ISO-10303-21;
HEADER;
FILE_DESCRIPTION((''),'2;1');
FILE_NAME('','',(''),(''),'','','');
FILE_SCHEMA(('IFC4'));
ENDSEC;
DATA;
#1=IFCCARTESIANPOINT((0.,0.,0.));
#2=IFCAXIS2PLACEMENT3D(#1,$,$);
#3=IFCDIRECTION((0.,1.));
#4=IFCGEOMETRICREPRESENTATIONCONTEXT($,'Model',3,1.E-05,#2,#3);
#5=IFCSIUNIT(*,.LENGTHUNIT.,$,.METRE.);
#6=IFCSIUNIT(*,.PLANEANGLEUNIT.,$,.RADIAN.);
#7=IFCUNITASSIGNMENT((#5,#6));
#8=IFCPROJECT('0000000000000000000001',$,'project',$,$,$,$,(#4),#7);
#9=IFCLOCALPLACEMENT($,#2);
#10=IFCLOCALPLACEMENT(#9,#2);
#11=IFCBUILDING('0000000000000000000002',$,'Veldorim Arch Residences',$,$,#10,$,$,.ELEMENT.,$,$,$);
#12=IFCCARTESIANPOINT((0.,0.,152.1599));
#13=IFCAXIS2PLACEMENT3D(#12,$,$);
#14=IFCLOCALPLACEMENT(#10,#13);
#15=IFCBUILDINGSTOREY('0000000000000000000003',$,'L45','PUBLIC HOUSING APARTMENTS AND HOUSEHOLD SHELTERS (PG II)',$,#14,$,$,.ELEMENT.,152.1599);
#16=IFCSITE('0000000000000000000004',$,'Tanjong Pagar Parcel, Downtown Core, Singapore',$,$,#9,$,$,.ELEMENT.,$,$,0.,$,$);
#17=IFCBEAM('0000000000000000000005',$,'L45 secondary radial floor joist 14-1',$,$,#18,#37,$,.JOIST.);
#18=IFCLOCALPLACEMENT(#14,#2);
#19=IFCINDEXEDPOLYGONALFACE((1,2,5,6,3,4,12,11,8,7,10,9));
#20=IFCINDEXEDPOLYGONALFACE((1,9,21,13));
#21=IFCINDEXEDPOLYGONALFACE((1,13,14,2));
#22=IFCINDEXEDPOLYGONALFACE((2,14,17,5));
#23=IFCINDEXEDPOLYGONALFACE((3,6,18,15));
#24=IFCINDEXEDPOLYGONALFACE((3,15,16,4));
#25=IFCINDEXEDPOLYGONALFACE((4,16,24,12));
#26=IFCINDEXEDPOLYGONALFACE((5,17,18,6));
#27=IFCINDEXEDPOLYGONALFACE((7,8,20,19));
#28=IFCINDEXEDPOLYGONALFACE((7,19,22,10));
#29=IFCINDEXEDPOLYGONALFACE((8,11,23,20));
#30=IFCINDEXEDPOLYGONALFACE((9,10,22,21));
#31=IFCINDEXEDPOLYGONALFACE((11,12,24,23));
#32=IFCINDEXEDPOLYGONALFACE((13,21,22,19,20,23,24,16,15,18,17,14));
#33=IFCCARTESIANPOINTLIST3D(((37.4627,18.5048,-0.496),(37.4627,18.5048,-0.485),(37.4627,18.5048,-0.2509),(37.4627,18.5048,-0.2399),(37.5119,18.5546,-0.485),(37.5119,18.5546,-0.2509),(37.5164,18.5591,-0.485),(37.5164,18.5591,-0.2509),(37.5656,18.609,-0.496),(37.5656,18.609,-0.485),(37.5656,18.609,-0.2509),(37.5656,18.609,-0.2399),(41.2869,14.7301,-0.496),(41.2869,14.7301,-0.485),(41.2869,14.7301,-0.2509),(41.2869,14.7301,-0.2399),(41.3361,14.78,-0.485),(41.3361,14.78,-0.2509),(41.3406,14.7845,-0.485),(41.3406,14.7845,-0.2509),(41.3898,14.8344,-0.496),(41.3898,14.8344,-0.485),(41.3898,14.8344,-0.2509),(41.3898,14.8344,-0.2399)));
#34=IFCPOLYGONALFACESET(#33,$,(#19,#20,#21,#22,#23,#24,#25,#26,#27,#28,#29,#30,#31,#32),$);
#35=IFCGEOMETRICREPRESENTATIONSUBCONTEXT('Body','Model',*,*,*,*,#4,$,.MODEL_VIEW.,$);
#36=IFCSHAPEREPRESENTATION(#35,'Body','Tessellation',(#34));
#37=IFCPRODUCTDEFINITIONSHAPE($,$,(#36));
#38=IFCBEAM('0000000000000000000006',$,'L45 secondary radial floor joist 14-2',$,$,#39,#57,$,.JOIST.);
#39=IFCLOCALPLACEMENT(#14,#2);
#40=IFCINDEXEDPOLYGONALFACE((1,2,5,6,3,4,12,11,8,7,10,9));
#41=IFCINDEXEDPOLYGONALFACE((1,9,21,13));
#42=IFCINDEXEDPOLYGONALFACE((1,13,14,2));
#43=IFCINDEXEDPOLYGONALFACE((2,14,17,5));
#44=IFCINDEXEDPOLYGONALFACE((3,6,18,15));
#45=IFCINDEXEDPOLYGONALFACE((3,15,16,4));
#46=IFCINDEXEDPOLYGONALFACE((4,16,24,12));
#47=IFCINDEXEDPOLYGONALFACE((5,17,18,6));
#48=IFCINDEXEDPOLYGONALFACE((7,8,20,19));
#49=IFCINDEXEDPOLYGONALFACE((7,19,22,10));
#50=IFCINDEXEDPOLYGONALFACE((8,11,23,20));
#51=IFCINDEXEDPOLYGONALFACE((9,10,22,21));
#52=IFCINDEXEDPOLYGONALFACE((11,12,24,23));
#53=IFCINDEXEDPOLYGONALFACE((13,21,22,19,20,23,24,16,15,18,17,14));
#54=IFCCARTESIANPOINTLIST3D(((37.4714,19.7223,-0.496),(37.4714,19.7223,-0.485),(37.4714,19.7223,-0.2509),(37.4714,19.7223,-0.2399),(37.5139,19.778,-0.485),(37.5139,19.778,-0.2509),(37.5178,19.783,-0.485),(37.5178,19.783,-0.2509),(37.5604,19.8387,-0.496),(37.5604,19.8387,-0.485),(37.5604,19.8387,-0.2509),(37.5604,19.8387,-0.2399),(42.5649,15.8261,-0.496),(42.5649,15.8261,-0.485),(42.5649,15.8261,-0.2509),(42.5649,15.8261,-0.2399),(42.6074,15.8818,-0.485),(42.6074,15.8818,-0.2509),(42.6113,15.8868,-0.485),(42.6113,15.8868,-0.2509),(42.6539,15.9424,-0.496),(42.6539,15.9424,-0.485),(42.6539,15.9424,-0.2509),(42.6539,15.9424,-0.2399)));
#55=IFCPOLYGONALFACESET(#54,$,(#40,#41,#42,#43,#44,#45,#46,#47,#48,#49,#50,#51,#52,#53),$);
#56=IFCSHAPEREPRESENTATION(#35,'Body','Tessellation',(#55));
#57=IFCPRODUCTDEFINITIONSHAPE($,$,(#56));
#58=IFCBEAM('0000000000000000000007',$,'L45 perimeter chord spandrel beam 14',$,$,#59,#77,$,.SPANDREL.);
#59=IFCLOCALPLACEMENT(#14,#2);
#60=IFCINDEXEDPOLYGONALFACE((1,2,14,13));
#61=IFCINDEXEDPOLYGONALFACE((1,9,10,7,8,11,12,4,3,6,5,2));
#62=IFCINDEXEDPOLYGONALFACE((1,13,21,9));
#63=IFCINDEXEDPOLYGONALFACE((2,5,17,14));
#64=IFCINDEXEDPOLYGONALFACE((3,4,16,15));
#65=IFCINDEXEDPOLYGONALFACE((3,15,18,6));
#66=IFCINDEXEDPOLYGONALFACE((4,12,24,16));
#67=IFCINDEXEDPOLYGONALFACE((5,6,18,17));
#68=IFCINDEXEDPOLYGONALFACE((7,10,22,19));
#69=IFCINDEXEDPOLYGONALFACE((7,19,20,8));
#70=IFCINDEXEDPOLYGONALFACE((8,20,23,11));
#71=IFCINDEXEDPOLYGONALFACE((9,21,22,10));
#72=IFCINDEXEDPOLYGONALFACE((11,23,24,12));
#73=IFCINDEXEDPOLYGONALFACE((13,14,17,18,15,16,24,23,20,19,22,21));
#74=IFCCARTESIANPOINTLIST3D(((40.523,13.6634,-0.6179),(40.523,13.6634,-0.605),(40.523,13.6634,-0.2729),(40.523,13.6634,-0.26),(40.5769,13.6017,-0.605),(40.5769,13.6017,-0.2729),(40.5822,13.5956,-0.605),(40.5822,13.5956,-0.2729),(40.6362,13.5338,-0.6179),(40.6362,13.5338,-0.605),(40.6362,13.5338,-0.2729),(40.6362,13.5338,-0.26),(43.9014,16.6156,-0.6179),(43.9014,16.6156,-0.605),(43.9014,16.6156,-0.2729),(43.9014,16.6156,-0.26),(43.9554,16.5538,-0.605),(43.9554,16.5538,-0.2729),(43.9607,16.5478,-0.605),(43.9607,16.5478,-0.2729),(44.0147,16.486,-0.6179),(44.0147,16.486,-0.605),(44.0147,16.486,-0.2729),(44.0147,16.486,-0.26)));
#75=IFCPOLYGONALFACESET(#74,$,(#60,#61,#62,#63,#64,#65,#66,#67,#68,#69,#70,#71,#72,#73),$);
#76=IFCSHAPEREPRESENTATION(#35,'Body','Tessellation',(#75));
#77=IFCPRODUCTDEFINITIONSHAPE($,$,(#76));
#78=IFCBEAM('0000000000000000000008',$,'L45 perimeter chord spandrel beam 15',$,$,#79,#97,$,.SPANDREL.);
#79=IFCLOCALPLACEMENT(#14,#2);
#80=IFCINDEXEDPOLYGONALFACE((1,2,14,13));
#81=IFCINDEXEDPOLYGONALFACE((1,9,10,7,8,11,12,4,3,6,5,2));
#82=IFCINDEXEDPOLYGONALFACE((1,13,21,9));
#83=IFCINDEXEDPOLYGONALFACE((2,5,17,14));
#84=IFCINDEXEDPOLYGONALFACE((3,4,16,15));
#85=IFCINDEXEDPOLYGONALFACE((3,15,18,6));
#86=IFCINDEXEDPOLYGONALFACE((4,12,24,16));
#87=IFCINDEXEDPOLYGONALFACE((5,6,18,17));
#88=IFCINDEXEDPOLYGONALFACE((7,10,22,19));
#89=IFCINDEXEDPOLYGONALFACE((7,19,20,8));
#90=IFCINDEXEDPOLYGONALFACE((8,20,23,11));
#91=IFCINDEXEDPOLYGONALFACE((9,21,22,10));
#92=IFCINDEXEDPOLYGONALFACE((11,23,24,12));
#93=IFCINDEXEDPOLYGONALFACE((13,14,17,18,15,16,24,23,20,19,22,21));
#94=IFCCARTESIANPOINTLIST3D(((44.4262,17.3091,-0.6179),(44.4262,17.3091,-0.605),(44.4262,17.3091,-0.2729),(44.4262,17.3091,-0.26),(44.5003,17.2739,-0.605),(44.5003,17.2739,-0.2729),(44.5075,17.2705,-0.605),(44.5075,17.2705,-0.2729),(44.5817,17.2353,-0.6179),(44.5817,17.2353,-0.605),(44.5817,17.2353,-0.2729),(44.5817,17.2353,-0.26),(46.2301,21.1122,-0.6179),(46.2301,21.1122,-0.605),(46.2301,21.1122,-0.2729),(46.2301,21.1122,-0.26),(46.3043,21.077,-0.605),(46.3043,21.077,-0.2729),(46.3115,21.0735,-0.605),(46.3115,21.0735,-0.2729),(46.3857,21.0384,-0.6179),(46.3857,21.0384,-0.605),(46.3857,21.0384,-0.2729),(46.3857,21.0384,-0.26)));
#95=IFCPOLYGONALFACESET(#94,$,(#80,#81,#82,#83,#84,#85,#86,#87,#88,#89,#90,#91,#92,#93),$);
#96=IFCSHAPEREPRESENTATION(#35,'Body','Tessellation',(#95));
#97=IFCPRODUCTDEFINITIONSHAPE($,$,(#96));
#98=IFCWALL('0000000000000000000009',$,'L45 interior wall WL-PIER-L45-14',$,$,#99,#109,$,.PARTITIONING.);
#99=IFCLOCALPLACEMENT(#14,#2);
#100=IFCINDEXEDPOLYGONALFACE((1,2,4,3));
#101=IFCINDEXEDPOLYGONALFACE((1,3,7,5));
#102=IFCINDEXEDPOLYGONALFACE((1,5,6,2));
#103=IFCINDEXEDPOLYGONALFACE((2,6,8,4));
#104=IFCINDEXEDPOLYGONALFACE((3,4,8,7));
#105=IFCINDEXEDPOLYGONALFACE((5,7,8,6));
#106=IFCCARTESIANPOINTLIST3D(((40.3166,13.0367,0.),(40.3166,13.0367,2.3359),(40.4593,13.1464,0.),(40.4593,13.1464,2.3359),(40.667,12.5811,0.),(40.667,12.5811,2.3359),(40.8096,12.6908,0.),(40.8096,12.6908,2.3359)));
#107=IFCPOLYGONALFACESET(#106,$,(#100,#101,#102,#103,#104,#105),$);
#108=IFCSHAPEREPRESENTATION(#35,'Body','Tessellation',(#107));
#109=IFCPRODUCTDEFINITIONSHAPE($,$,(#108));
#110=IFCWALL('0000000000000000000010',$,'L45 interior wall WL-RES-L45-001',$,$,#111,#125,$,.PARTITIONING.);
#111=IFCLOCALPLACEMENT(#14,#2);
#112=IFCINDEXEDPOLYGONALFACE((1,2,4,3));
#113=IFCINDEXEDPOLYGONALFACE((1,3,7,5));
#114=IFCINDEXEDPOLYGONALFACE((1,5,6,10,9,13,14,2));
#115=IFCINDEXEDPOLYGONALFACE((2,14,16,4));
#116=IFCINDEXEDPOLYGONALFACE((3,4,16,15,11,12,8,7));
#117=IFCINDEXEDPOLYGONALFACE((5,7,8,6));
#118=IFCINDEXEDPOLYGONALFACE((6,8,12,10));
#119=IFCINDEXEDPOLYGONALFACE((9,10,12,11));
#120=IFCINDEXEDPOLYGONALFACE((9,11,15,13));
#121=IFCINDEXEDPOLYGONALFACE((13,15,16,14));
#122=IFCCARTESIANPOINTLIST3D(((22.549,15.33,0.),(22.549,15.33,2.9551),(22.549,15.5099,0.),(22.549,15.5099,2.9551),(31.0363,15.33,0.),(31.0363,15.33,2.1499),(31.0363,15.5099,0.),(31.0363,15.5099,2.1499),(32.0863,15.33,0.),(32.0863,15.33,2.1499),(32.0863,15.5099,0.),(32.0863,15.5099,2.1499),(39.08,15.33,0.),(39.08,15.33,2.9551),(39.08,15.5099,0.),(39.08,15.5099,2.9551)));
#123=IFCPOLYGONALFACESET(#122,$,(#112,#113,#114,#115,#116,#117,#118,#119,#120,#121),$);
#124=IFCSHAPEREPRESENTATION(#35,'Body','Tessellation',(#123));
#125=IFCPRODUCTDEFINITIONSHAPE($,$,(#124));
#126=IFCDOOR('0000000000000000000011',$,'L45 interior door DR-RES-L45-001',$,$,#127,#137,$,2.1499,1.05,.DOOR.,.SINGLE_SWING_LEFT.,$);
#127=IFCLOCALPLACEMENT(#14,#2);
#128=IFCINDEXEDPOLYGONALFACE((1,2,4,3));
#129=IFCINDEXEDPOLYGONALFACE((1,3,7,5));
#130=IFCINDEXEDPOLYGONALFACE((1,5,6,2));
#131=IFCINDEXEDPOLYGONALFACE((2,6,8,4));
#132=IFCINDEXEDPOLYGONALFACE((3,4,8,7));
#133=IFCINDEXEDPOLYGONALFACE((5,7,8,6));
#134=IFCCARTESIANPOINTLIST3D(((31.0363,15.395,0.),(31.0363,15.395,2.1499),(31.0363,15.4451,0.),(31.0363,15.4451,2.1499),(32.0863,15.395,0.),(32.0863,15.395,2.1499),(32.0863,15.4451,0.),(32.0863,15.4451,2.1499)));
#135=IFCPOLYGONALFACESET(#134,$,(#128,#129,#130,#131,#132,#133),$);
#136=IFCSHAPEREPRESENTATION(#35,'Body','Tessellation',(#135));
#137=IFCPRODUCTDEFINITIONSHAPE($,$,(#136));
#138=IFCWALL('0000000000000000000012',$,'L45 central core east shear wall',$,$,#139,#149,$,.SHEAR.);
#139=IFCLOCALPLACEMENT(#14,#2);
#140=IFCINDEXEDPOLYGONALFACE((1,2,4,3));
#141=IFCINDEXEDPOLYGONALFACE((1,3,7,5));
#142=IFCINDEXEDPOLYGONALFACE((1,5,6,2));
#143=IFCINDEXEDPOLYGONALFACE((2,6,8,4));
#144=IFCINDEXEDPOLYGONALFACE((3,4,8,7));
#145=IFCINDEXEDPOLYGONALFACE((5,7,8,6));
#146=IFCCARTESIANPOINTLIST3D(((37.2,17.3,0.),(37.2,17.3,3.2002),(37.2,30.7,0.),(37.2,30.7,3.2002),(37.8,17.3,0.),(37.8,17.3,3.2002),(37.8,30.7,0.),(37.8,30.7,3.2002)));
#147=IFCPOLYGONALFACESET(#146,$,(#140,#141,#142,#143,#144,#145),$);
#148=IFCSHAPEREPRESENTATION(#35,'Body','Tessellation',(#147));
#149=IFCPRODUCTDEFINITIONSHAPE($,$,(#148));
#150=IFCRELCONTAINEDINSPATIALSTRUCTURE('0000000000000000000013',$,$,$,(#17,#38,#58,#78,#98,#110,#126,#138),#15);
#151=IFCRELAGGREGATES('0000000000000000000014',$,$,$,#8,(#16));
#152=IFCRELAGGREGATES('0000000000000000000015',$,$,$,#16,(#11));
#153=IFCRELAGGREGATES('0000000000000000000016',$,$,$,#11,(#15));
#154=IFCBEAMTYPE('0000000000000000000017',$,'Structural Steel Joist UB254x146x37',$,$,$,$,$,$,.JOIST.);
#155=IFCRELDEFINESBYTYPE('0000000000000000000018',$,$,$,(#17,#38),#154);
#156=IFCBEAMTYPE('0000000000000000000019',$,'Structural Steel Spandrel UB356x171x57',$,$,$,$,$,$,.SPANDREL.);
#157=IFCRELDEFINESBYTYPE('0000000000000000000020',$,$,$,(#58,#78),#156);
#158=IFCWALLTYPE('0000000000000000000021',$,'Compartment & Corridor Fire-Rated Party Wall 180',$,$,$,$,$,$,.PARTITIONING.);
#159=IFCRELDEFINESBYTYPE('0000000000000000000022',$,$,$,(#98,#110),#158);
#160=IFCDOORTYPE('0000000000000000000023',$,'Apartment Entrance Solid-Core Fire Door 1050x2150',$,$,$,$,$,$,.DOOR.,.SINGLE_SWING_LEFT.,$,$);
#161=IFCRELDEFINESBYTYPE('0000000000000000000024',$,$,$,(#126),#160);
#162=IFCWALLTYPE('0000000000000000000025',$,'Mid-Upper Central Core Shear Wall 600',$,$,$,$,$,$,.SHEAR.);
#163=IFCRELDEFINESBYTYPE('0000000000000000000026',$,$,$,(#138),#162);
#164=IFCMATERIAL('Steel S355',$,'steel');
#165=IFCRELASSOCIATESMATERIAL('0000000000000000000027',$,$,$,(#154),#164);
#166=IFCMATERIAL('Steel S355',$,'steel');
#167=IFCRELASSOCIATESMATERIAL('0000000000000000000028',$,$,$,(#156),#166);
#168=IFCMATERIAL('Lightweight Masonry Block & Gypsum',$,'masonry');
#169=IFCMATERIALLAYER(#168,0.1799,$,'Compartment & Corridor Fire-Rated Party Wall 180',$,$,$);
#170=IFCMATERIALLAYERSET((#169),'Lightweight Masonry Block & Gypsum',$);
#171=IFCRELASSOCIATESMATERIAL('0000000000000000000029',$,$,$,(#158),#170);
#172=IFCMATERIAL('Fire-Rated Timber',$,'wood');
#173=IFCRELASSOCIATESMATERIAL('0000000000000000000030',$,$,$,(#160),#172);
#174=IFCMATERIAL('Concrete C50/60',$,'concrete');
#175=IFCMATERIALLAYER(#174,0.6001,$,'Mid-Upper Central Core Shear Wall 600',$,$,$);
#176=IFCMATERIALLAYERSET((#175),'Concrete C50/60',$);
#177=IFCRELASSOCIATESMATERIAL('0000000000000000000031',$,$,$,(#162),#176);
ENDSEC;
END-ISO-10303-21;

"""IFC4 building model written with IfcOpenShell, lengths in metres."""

from ifc_helpers import new_model, si_unit, direction, frame, frame_2d, origin, origin_2d, place, context, subcontext, project, spatial, rectangle, i_section, extrude, material, layer, layer_set, material_profile, profile_set, type_object, element, fill, save


model = new_model("IFC4")

# Units and contexts
model_context = context("Model", 3, precision=1e-05, world=origin(), true_north=direction((0.0, 1.0)))
body_context = subcontext(model_context, "Body", "Model", "MODEL_VIEW")
ifc_project = project(units=[si_unit("LENGTHUNIT", "METRE"), si_unit("PLANEANGLEUNIT", "RADIAN")], contexts=[model_context])

# Site, building, storey
site_placement = place(None, origin())
site = spatial("IfcSite", under=ifc_project, at=site_placement, Name="Tanjong Pagar Parcel, Downtown Core, Singapore", CompositionType="ELEMENT", RefElevation=0.0)
building_placement = place(site_placement, origin())
building = spatial("IfcBuilding", under=site, at=building_placement, Name="Veldorim Arch Residences", CompositionType="ELEMENT")
storey_placement = place(building_placement, frame((0.0, 0.0, 152.1599)))
storey = spatial("IfcBuildingStorey", under=building, at=storey_placement, Name="L45", Description="PUBLIC HOUSING APARTMENTS AND HOUSEHOLD SHELTERS (PG II)", CompositionType="ELEMENT", Elevation=152.1599)

# Beams
ifc_material_1 = material(Name="Steel S355", Category="steel")
ifc_material_profile_1 = material_profile(ifc_material_1, i_section(OverallWidth=0.1465, OverallDepth=0.2561, WebThickness=0.0063, FlangeThickness=0.011, at=origin_2d()), Name="UB254x146x37")
ifc_profile_set_1 = profile_set([ifc_material_profile_1], Name="Steel S355")
beam_type_1 = type_object("IfcBeamType", Name="Structural Steel Joist UB254x146x37", PredefinedType="JOIST", material=ifc_profile_set_1)
beam_1_placement = place(storey_placement, frame((37.5142, 18.5569, -0.3679), z_axis=(0.711703, -0.70248, 0.0), x_axis=(0.70248, 0.711703, 0.0)))
element("IfcBeam", 1, at=beam_1_placement, inside=storey, type_object=beam_type_1, Name="L45 secondary radial floor joist 14-1", PredefinedType="JOIST", context=body_context, shape_type="SweptSolid", body=[
    extrude(i_section(OverallWidth=0.1465, OverallDepth=0.2561, WebThickness=0.0063, FlangeThickness=0.011, at=origin_2d()), origin(), (0.0, 0.0, 1.0), 5.3733),
])
beam_2_placement = place(storey_placement, frame((37.5159, 19.7805, -0.3679), z_axis=(0.794267, -0.607569, 0.0), x_axis=(0.607569, 0.794267, 0.0)))
element("IfcBeam", 2, at=beam_2_placement, inside=storey, type_object=beam_type_1, Name="L45 secondary radial floor joist 14-2", PredefinedType="JOIST", context=body_context, shape_type="SweptSolid", body=[
    extrude(i_section(OverallWidth=0.1465, OverallDepth=0.2561, WebThickness=0.0063, FlangeThickness=0.011, at=origin_2d()), origin(), (0.0, 0.0, 1.0), 6.4128),
])
ifc_material_2 = material(Name="Steel S355", Category="steel")
ifc_material_profile_2 = material_profile(ifc_material_2, i_section(OverallWidth=0.1721, OverallDepth=0.3579, WebThickness=0.0081, FlangeThickness=0.0129, at=origin_2d()), Name="UB356x171x57")
ifc_profile_set_2 = profile_set([ifc_material_profile_2], Name="Steel S355")
beam_type_2 = type_object("IfcBeamType", Name="Structural Steel Spandrel UB356x171x57", PredefinedType="SPANDREL", material=ifc_profile_set_2)
beam_3_placement = place(storey_placement, frame((40.5796, 13.5986, -0.439), z_axis=(0.753015, 0.658004, 0.0), x_axis=(-0.658004, 0.753015, 0.0)))
element("IfcBeam", 3, at=beam_3_placement, inside=storey, type_object=beam_type_2, Name="L45 perimeter chord spandrel beam 14", PredefinedType="SPANDREL", context=body_context, shape_type="SweptSolid", body=[
    extrude(i_section(OverallWidth=0.1721, OverallDepth=0.3579, WebThickness=0.0081, FlangeThickness=0.0129, at=origin_2d()), origin(), (0.0, 0.0, 1.0), 4.4866),
])
beam_4_placement = place(storey_placement, frame((44.5039, 17.2722, -0.439), z_axis=(0.42858, 0.903504, 0.0), x_axis=(-0.903504, 0.42858, 0.0)))
element("IfcBeam", 4, at=beam_4_placement, inside=storey, type_object=beam_type_2, Name="L45 perimeter chord spandrel beam 15", PredefinedType="SPANDREL", context=body_context, shape_type="SweptSolid", body=[
    extrude(i_section(OverallWidth=0.1721, OverallDepth=0.3579, WebThickness=0.0081, FlangeThickness=0.0129, at=origin_2d()), origin(), (0.0, 0.0, 1.0), 4.2092),
])

# Wall
ifc_material_3 = material(Name="Lightweight Masonry Block & Gypsum", Category="masonry")
ifc_layer_1 = layer(ifc_material_3, 0.1799, Name="Compartment & Corridor Fire-Rated Party Wall 180")
ifc_layer_set_1 = layer_set([ifc_layer_1], Name="Lightweight Masonry Block & Gypsum")
wall_type_1 = type_object("IfcWallType", Name="Compartment & Corridor Fire-Rated Party Wall 180", PredefinedType="PARTITIONING", material=ifc_layer_set_1)
wall_1_placement = place(storey_placement, frame((40.3879, 13.0916, 0.0), z_axis=(0.0, 0.0, 1.0), x_axis=(0.609608, -0.792703, 0.0)))
element("IfcWall", 5, at=wall_1_placement, inside=storey, type_object=wall_type_1, Name="L45 interior wall WL-PIER-L45-14", PredefinedType="PARTITIONING", context=body_context, shape_type="SweptSolid", body=[
    extrude(rectangle(XDim=0.5747, YDim=0.1799, at=frame_2d((0.2874, 0.0))), origin(), (0.0, 0.0, 1.0), 2.3359),
])

# Wall, opening, door
wall_2_placement = place(storey_placement, frame((39.0801, 15.4199, 0.0), z_axis=(0.0, 0.0, 1.0), x_axis=(-1.0, 0.0, 0.0)))
wall_2 = element("IfcWall", 6, at=wall_2_placement, inside=storey, type_object=wall_type_1, Name="L45 interior wall WL-RES-L45-001", PredefinedType="PARTITIONING", context=body_context, shape_type="SweptSolid", body=[
    extrude(rectangle(XDim=16.531, YDim=0.1799, at=frame_2d((8.2656, 0.0))), origin(), (0.0, 0.0, 1.0), 2.9551),
])
opening_1_placement = place(wall_2_placement, frame((6.9939, 0.0, 0.0)))
opening_1 = element("IfcOpeningElement", 7, at=opening_1_placement, cuts=wall_2, PredefinedType="OPENING", context=body_context, shape_type="SweptSolid", body=[
    extrude(rectangle(XDim=1.05, YDim=2.1499, at=frame_2d((0.5249, 1.075))), frame((0.0, 0.0999, 0.0), z_axis=(0.0, -1.0, 0.0), x_axis=(1.0, 0.0, 0.0)), (0.0, 0.0, 1.0), 0.2),
])
ifc_material_4 = material(Name="Fire-Rated Timber", Category="wood")
door_type = type_object("IfcDoorType", Name="Apartment Entrance Solid-Core Fire Door 1050x2150", OperationType="SINGLE_SWING_LEFT", PredefinedType="DOOR", material=ifc_material_4)
door_placement = place(opening_1_placement, origin())
door = element("IfcDoor", 8, at=door_placement, inside=storey, type_object=door_type, Name="L45 interior door DR-RES-L45-001", OperationType="SINGLE_SWING_LEFT", OverallHeight=2.1499, OverallWidth=1.05, PredefinedType="DOOR", context=body_context, shape_type="SweptSolid", body=[
    extrude(rectangle(XDim=1.05, YDim=2.1499, at=frame_2d((0.5249, 1.075))), frame((0.0, 0.0249, 0.0), z_axis=(0.0, -1.0, 0.0), x_axis=(1.0, 0.0, 0.0)), (0.0, 0.0, 1.0), 0.05),
])
fill(opening_1, door)

# Wall
ifc_material_5 = material(Name="Concrete C50/60", Category="concrete")
ifc_layer_2 = layer(ifc_material_5, 0.6001, Name="Mid-Upper Central Core Shear Wall 600")
ifc_layer_set_2 = layer_set([ifc_layer_2], Name="Concrete C50/60")
wall_type_2 = type_object("IfcWallType", Name="Mid-Upper Central Core Shear Wall 600", PredefinedType="SHEAR", material=ifc_layer_set_2)
wall_3_placement = place(storey_placement, frame((37.5, 17.3, 0.0), z_axis=(0.0, 0.0, 1.0), x_axis=(0.0, 1.0, 0.0)))
element("IfcWall", 9, at=wall_3_placement, inside=storey, type_object=wall_type_2, Name="L45 central core east shear wall", PredefinedType="SHEAR", context=body_context, shape_type="SweptSolid", body=[
    extrude(rectangle(XDim=13.3999, YDim=0.6001, at=frame_2d((6.7, 0.0))), origin(), (0.0, 0.0, 1.0), 3.2002),
])

save(model, "model.ifc")
